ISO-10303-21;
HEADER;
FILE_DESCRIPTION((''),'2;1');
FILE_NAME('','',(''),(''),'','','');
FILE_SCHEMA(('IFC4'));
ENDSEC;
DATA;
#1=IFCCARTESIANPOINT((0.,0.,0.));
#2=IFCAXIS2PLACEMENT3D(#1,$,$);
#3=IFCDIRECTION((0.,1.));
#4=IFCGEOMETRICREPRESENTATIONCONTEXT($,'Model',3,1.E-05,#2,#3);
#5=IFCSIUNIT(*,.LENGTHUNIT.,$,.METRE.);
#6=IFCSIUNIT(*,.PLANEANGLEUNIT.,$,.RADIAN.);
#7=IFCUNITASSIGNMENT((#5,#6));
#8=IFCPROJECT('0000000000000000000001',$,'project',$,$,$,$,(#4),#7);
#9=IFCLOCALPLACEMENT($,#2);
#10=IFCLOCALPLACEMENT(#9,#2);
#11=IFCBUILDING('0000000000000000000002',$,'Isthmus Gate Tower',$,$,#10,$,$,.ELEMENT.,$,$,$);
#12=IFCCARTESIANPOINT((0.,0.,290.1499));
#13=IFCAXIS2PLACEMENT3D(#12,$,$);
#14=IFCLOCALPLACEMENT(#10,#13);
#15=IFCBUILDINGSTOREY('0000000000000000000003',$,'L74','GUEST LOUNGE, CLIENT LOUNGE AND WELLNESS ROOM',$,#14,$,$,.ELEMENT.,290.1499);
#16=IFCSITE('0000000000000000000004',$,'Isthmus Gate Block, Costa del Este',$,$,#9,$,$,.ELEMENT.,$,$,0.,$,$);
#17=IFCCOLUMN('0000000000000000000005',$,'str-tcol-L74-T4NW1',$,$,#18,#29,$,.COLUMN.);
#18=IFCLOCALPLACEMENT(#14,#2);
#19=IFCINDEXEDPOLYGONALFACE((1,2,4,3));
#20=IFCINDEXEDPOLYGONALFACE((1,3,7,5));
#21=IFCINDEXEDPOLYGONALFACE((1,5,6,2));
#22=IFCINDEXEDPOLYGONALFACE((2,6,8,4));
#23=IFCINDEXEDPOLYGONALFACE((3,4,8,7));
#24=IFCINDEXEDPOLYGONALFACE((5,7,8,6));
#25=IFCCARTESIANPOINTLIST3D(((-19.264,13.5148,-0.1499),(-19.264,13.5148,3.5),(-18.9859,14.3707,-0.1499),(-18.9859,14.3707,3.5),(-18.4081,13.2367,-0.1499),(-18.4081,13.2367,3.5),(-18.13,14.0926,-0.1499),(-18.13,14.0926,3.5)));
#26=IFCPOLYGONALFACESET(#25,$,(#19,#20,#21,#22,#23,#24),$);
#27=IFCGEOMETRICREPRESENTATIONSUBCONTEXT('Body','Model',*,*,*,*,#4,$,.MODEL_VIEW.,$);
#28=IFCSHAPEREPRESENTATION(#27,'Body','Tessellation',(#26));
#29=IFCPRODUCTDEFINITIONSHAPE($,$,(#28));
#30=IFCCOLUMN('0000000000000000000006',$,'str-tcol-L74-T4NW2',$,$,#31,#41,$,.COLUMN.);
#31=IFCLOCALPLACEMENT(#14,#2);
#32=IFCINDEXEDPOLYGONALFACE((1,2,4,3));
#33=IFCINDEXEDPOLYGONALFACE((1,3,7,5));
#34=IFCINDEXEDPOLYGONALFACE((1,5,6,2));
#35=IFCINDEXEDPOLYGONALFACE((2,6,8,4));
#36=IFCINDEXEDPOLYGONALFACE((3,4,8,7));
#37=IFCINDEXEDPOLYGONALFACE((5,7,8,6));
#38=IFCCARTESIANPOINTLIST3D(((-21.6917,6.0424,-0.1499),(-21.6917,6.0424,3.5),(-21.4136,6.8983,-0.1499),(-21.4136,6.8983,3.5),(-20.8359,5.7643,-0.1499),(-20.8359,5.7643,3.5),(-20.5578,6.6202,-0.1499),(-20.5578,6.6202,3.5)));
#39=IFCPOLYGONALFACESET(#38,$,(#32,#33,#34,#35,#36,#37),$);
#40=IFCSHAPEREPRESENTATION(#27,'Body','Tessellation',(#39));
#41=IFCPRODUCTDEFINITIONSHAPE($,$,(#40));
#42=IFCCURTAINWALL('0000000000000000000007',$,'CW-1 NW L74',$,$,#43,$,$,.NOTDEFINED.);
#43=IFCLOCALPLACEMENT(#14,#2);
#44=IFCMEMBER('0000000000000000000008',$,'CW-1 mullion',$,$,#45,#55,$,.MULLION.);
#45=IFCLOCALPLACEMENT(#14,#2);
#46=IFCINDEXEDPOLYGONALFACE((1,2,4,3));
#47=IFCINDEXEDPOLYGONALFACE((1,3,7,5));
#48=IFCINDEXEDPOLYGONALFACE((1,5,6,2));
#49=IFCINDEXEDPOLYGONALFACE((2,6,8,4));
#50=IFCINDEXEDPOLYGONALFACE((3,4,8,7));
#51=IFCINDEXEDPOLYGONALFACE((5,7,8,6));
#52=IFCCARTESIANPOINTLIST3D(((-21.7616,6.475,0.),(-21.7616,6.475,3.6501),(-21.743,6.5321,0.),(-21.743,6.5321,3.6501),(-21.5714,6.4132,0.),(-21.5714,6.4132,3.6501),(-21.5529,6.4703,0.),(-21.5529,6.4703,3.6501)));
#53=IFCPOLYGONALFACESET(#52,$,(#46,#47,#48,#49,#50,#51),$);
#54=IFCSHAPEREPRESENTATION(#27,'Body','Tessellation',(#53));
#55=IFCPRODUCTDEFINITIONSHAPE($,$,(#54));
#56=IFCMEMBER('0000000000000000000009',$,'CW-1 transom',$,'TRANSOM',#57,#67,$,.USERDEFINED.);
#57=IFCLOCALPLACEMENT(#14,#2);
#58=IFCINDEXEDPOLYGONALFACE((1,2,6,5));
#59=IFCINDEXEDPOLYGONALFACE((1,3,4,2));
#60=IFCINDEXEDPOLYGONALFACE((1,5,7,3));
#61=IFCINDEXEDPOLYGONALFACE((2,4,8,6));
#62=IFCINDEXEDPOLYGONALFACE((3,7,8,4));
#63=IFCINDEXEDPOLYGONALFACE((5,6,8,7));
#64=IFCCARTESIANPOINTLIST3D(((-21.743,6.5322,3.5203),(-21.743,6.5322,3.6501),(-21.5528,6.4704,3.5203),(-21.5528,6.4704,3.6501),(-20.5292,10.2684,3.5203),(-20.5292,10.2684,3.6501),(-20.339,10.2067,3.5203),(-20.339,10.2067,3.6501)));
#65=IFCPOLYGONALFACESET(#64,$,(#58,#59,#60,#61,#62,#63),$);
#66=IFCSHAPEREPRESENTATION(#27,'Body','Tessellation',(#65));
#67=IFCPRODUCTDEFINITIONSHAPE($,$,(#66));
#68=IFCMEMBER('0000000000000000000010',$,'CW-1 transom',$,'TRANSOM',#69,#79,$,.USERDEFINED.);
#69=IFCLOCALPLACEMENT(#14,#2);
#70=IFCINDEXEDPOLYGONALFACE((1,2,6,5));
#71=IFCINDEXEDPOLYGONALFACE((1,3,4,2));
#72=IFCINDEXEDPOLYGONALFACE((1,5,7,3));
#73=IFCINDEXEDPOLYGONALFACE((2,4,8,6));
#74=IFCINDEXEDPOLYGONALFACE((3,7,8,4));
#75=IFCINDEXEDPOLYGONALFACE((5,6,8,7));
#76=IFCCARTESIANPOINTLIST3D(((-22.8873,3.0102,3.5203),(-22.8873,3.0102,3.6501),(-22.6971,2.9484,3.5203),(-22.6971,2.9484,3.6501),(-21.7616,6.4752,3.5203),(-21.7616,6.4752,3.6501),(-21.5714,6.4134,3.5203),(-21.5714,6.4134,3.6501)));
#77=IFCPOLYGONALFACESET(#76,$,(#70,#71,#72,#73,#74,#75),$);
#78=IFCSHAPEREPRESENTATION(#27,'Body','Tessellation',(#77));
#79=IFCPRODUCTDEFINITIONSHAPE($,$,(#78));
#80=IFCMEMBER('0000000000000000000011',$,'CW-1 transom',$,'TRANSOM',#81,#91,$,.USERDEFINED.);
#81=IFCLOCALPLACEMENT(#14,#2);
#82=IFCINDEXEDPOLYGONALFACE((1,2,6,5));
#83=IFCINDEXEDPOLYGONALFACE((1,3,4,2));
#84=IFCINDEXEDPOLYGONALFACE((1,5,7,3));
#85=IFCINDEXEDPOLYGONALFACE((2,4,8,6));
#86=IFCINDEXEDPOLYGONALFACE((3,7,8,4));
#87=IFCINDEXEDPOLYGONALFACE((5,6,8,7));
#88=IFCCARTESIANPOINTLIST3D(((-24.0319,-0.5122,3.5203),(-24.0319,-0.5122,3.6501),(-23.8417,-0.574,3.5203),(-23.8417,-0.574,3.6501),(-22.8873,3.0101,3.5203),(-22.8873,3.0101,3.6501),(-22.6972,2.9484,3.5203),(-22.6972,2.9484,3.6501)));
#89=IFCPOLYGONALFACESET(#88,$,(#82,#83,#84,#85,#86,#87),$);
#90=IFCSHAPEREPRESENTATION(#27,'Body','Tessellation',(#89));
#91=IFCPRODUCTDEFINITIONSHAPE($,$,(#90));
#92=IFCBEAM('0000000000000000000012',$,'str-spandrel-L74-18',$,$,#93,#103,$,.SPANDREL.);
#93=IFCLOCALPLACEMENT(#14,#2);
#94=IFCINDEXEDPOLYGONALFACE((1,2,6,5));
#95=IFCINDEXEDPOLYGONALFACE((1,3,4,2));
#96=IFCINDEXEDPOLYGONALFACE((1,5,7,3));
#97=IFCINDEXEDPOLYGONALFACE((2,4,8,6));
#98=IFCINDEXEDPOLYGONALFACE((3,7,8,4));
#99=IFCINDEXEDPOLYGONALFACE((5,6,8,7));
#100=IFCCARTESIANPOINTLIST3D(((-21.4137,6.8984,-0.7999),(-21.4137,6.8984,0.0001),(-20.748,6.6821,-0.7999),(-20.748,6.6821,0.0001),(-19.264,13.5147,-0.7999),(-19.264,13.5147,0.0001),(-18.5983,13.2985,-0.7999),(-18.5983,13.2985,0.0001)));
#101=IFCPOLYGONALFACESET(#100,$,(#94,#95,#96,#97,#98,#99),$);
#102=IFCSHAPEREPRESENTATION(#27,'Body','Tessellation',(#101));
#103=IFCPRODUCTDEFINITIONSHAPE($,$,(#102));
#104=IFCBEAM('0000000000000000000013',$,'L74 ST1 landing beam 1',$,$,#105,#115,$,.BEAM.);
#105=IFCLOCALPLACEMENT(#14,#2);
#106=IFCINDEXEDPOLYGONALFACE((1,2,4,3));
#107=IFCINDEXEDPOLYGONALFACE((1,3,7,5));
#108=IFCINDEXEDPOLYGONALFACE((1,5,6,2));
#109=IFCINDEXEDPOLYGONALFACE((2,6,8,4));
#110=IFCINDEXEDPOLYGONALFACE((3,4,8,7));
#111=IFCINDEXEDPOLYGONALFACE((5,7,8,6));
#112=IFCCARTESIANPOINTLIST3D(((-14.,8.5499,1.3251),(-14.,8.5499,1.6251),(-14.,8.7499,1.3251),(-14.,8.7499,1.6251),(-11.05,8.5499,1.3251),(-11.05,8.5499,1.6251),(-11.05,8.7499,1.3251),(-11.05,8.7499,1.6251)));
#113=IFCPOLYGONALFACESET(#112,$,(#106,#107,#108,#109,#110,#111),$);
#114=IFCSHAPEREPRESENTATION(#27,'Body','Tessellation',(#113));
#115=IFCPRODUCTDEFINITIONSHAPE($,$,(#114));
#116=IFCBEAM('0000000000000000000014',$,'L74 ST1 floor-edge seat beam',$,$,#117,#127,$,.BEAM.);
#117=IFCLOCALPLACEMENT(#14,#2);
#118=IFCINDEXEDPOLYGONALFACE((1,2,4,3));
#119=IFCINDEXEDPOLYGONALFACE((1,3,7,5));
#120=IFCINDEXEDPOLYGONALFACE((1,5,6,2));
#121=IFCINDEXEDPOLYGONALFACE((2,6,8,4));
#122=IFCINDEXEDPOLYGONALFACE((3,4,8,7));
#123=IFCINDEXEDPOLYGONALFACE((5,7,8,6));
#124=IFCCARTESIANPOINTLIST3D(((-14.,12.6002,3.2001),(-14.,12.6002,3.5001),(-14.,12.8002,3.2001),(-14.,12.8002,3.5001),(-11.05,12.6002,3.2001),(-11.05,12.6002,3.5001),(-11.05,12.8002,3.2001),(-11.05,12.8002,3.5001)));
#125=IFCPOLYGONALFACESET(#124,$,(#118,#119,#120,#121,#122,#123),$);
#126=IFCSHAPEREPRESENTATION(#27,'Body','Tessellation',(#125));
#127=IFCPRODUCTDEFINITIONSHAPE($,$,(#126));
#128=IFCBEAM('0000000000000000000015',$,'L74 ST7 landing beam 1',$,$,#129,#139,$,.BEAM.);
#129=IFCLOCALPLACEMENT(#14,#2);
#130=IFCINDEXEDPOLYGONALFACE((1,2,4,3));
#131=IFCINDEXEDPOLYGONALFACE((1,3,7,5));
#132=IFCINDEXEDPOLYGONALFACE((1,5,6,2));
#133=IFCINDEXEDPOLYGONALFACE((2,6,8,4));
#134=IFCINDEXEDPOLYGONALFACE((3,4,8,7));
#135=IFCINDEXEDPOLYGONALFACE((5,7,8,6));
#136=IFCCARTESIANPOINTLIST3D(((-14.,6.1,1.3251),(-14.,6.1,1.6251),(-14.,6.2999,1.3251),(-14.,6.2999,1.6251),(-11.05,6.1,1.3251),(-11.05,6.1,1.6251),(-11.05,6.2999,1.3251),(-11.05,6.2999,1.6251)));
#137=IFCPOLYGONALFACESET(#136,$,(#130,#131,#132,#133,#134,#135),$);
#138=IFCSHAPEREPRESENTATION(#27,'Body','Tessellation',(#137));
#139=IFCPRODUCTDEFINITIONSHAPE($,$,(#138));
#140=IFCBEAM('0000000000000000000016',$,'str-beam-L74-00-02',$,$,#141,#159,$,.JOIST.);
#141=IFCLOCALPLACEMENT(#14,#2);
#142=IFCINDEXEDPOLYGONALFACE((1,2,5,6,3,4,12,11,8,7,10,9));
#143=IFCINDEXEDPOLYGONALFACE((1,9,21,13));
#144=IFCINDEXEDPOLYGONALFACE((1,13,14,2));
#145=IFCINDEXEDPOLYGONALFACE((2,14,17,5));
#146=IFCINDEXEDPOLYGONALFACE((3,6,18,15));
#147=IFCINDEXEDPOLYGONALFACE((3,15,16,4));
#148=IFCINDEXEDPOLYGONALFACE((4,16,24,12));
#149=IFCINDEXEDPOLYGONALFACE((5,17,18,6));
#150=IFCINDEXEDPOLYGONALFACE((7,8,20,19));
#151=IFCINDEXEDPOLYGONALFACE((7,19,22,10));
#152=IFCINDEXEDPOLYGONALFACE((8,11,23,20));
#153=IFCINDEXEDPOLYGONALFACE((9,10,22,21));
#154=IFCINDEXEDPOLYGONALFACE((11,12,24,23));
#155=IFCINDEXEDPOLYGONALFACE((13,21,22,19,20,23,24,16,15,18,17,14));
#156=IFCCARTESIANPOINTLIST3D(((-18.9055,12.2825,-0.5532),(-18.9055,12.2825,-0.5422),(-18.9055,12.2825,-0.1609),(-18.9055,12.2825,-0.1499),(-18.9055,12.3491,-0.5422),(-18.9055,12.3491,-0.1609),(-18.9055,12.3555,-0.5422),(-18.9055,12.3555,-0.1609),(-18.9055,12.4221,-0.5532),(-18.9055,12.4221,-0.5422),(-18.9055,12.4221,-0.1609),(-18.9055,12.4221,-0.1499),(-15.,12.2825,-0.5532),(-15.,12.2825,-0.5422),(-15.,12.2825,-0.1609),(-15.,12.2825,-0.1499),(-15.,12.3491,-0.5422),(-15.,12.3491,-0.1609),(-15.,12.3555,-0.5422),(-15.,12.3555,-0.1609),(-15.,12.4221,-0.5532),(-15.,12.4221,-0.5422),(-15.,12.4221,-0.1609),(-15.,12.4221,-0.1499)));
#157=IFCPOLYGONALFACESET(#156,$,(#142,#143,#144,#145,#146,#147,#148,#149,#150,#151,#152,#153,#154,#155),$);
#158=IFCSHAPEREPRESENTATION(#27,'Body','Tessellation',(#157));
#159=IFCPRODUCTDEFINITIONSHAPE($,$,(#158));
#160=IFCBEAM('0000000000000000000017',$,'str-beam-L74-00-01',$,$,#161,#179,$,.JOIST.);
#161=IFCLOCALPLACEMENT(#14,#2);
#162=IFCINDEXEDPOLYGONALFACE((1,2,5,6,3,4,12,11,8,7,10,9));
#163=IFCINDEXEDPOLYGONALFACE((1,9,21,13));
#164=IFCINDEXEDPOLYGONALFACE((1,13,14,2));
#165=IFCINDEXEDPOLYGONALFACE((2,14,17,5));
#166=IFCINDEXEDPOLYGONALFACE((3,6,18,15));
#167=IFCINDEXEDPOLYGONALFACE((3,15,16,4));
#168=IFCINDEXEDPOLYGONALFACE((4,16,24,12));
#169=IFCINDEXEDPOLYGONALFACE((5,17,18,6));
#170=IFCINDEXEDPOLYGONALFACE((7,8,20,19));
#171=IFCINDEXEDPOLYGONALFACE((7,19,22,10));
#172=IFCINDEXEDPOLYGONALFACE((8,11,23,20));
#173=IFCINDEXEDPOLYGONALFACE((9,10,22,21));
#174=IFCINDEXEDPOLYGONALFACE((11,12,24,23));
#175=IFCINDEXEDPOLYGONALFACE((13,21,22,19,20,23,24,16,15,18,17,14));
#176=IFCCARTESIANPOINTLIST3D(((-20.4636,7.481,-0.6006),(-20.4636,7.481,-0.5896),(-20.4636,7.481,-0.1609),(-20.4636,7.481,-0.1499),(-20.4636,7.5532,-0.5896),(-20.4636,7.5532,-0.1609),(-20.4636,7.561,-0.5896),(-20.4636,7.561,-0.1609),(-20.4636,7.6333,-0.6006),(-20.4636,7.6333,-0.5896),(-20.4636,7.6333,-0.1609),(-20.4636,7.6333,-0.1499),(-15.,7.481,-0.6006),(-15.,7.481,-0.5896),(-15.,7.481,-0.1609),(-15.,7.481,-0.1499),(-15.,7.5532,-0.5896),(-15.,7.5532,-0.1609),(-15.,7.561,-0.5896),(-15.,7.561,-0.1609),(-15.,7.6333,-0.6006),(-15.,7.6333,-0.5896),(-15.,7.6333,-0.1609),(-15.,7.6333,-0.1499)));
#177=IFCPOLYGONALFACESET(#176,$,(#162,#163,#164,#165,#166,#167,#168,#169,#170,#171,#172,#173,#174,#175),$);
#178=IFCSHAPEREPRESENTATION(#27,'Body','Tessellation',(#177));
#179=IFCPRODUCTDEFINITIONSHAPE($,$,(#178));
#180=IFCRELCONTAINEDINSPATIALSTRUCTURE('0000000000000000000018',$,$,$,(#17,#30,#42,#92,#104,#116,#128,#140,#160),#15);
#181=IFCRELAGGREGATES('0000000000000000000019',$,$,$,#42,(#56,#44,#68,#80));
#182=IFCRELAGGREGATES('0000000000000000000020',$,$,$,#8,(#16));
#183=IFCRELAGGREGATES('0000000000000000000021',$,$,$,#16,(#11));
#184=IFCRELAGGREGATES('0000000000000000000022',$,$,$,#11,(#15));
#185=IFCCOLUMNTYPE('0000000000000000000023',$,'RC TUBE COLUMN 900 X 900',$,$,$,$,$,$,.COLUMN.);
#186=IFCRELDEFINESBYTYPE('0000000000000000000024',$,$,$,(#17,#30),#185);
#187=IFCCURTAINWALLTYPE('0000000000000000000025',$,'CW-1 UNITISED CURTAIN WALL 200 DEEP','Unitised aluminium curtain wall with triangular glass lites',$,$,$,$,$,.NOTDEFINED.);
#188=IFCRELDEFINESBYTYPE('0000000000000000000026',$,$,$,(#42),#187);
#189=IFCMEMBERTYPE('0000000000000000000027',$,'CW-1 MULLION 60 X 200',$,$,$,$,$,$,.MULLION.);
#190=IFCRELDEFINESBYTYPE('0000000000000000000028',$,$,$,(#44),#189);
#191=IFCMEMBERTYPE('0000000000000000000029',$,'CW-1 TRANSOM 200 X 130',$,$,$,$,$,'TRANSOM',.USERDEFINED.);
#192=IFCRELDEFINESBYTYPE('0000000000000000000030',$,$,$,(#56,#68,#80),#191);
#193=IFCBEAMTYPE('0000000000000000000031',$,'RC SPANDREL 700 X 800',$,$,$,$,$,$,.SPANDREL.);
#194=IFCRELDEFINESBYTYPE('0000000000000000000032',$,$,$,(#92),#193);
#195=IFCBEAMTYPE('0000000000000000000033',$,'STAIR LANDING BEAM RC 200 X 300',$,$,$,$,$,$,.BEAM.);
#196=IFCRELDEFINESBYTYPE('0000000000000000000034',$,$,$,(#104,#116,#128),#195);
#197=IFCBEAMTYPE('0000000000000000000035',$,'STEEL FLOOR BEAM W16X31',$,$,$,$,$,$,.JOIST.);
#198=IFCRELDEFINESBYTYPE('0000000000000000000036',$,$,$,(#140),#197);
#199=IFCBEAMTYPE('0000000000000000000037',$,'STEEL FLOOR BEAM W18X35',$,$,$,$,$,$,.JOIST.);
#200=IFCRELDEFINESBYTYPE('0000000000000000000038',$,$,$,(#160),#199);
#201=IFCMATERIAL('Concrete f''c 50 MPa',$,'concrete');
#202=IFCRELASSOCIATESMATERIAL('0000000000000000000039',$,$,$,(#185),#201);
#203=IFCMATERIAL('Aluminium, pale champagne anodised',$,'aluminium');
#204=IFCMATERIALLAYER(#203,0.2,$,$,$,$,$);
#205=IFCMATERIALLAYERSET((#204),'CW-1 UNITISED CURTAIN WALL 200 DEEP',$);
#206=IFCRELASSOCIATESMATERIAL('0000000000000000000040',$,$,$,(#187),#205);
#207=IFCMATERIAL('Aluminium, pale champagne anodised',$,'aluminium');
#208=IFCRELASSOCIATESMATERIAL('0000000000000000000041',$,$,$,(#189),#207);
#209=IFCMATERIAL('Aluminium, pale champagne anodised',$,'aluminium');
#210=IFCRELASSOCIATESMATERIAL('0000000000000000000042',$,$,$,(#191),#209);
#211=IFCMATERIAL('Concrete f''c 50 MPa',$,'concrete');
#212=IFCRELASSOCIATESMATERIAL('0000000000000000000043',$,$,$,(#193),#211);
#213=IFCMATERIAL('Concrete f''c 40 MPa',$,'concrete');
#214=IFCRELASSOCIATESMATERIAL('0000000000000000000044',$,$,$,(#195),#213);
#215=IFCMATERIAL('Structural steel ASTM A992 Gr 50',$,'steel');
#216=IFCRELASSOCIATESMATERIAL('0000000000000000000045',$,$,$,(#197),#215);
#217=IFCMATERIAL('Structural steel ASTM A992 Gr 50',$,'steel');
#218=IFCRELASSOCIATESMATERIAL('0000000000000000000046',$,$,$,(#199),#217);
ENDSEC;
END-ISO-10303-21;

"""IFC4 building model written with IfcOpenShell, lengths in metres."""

from ifc_helpers import new_model, si_unit, direction, frame, origin, origin_2d, place, context, subcontext, project, spatial, rectangle, i_section, extrude, material, layer, layer_set, material_profile, profile_set, type_object, element, aggregate, save


model = new_model("IFC4")

# Units and contexts
model_context = context("Model", 3, precision=1e-05, world=origin(), true_north=direction((0.0, 1.0)))
body_context = subcontext(model_context, "Body", "Model", "MODEL_VIEW")
ifc_project = project(units=[si_unit("LENGTHUNIT", "METRE"), si_unit("PLANEANGLEUNIT", "RADIAN")], contexts=[model_context])

# Site, building, storey
site_placement = place(None, origin())
site = spatial("IfcSite", under=ifc_project, at=site_placement, Name="Isthmus Gate Block, Costa del Este", CompositionType="ELEMENT", RefElevation=0.0)
building_placement = place(site_placement, origin())
building = spatial("IfcBuilding", under=site, at=building_placement, Name="Isthmus Gate Tower", CompositionType="ELEMENT")
storey_placement = place(building_placement, frame((0.0, 0.0, 290.1499)))
storey = spatial("IfcBuildingStorey", under=building, at=storey_placement, Name="L74", Description="GUEST LOUNGE, CLIENT LOUNGE AND WELLNESS ROOM", CompositionType="ELEMENT", Elevation=290.1499)

# Columns
ifc_material_1 = material(Name="Concrete f'c 50 MPa", Category="concrete")
ifc_material_profile_1 = material_profile(ifc_material_1, rectangle(XDim=0.8999, YDim=0.8999, at=origin_2d()), Name="RC 900X900")
ifc_profile_set_1 = profile_set([ifc_material_profile_1], Name="Concrete f'c 50 MPa")
column_type = type_object("IfcColumnType", Name="RC TUBE COLUMN 900 X 900", PredefinedType="COLUMN", material=ifc_profile_set_1)
for number, where, z_axis, x_axis, name in (
    (1, (-18.697, 13.8037, -0.1499), (0.0, 0.0, 1.0), (-0.309017, -0.951057, 0.0), "str-tcol-L74-T4NW1"),
    (2, (-21.1248, 6.3313, -0.1499), (0.0, 0.0, 1.0), (-0.309017, -0.951057, 0.0), "str-tcol-L74-T4NW2"),
):
    element("IfcColumn", number, at=place(storey_placement, frame(where, z_axis=z_axis, x_axis=x_axis)), inside=storey, type_object=column_type, Name=name, PredefinedType="COLUMN", context=body_context, shape_type="SweptSolid", body=[
        extrude(rectangle(XDim=0.8999, YDim=0.8999, at=origin_2d()), origin(), (0.0, 0.0, 1.0), 3.6499),
    ])

# Curtain wall, members
ifc_material_2 = material(Name="Aluminium, pale champagne anodised", Category="aluminium")
ifc_layer_1 = layer(ifc_material_2, 0.2)
ifc_layer_set_1 = layer_set([ifc_layer_1], Name="CW-1 UNITISED CURTAIN WALL 200 DEEP")
curtain_wall_type = type_object("IfcCurtainWallType", Name="CW-1 UNITISED CURTAIN WALL 200 DEEP", Description="Unitised aluminium curtain wall with triangular glass lites", PredefinedType="NOTDEFINED", material=ifc_layer_set_1)
curtain_wall_placement = place(storey_placement, origin())
curtain_wall = element("IfcCurtainWall", 3, at=curtain_wall_placement, inside=storey, type_object=curtain_wall_type, Name="CW-1 NW L74", PredefinedType="NOTDEFINED")
ifc_material_3 = material(Name="Aluminium, pale champagne anodised", Category="aluminium")
ifc_material_profile_2 = material_profile(ifc_material_3, rectangle(XDim=0.0601, YDim=0.2, at=origin_2d()), Name="60x200")
ifc_profile_set_2 = profile_set([ifc_material_profile_2], Name="Aluminium, pale champagne anodised")
member_type_1 = type_object("IfcMemberType", Name="CW-1 MULLION 60 X 200", PredefinedType="MULLION", material=ifc_profile_set_2)
member_1_placement = place(storey_placement, frame((-21.6572, 6.4727, 0.0), z_axis=(0.0, 0.0, 1.0), x_axis=(-0.309017, -0.951057, 0.0)))
member_1 = element("IfcMember", 4, at=member_1_placement, type_object=member_type_1, Name="CW-1 mullion", PredefinedType="MULLION", context=body_context, shape_type="SweptSolid", body=[
    extrude(rectangle(XDim=0.0601, YDim=0.2, at=origin_2d()), origin(), (0.0, 0.0, 1.0), 3.6501),
])
ifc_material_4 = material(Name="Aluminium, pale champagne anodised", Category="aluminium")
ifc_material_profile_3 = material_profile(ifc_material_4, rectangle(XDim=0.2, YDim=0.1299, at=origin_2d()), Name="200x130")
ifc_profile_set_3 = profile_set([ifc_material_profile_3], Name="Aluminium, pale champagne anodised")
member_type_2 = type_object("IfcMemberType", Name="CW-1 TRANSOM 200 X 130", ElementType="TRANSOM", PredefinedType="USERDEFINED", material=ifc_profile_set_3)
member_2_placement = place(storey_placement, frame((-20.4341, 10.2375, 3.5852), z_axis=(-0.308985, -0.951067, 0.0), x_axis=(0.951067, -0.308985, 0.0)))
member_2 = element("IfcMember", 5, at=member_2_placement, type_object=member_type_2, Name="CW-1 transom", ObjectType="TRANSOM", PredefinedType="USERDEFINED", context=body_context, shape_type="SweptSolid", body=[
    extrude(rectangle(XDim=0.2, YDim=0.1299, at=origin_2d()), origin(), (0.0, 0.0, 1.0), 3.9285),
])
member_3_placement = place(storey_placement, frame((-21.6665, 6.4443, 3.5852), z_axis=(-0.308982, -0.951068, 0.0), x_axis=(0.951068, -0.308982, 0.0)))
member_3 = element("IfcMember", 6, at=member_3_placement, type_object=member_type_2, Name="CW-1 transom", ObjectType="TRANSOM", PredefinedType="USERDEFINED", context=body_context, shape_type="SweptSolid", body=[
    extrude(rectangle(XDim=0.2, YDim=0.1299, at=origin_2d()), origin(), (0.0, 0.0, 1.0), 3.6433),
])
member_4_placement = place(storey_placement, frame((-22.7922, 2.9792, 3.5852), z_axis=(-0.30904, -0.951049, 0.0), x_axis=(0.951049, -0.30904, 0.0)))
member_4 = element("IfcMember", 7, at=member_4_placement, type_object=member_type_2, Name="CW-1 transom", ObjectType="TRANSOM", PredefinedType="USERDEFINED", context=body_context, shape_type="SweptSolid", body=[
    extrude(rectangle(XDim=0.2, YDim=0.1299, at=origin_2d()), origin(), (0.0, 0.0, 1.0), 3.7036),
])

# Beams
ifc_material_5 = material(Name="Concrete f'c 50 MPa", Category="concrete")
ifc_material_profile_4 = material_profile(ifc_material_5, rectangle(XDim=0.7, YDim=0.8, at=origin_2d()), Name="RC 700X800")
ifc_profile_set_4 = profile_set([ifc_material_profile_4], Name="Concrete f'c 50 MPa")
beam_type_1 = type_object("IfcBeamType", Name="RC SPANDREL 700 X 800", PredefinedType="SPANDREL", material=ifc_profile_set_4)
beam_1_placement = place(storey_placement, frame((-21.0808, 6.7903, -0.3999), z_axis=(0.309007, 0.95106, 0.0), x_axis=(-0.95106, 0.309007, 0.0)))
element("IfcBeam", 8, at=beam_1_placement, inside=storey, type_object=beam_type_1, Name="str-spandrel-L74-18", PredefinedType="SPANDREL", context=body_context, shape_type="SweptSolid", body=[
    extrude(rectangle(XDim=0.7, YDim=0.8, at=origin_2d()), origin(), (0.0, 0.0, 1.0), 6.9568),
])
ifc_material_6 = material(Name="Concrete f'c 40 MPa", Category="concrete")
ifc_material_profile_5 = material_profile(ifc_material_6, rectangle(XDim=0.2, YDim=0.3, at=origin_2d()), Name="STAIR LANDING BEAM RC 200 X 300")
ifc_profile_set_5 = profile_set([ifc_material_profile_5], Name="Concrete f'c 40 MPa")
beam_type_2 = type_object("IfcBeamType", Name="STAIR LANDING BEAM RC 200 X 300", PredefinedType="BEAM", material=ifc_profile_set_5)
for number, where, z_axis, x_axis, name in (
    (9, (-14.0, 8.6499, 1.4751), (1.0, 0.0, 0.0), (0.0, 1.0, 0.0), "L74 ST1 landing beam 1"),
    (10, (-14.0, 12.7002, 3.3501), (1.0, 0.0, 0.0), (0.0, 1.0, 0.0), "L74 ST1 floor-edge seat beam"),
    (11, (-14.0, 6.2, 1.4751), (1.0, 0.0, 0.0), (0.0, 1.0, 0.0), "L74 ST7 landing beam 1"),
):
    element("IfcBeam", number, at=place(storey_placement, frame(where, z_axis=z_axis, x_axis=x_axis)), inside=storey, type_object=beam_type_2, Name=name, PredefinedType="BEAM", context=body_context, shape_type="SweptSolid", body=[
        extrude(rectangle(XDim=0.2, YDim=0.3, at=origin_2d()), origin(), (0.0, 0.0, 1.0), 2.95),
    ])
ifc_material_7 = material(Name="Structural steel ASTM A992 Gr 50", Category="steel")
ifc_material_profile_6 = material_profile(ifc_material_7, i_section(OverallWidth=0.1396, OverallDepth=0.4033, WebThickness=0.0063, FlangeThickness=0.011, at=origin_2d()), Name="W16X31")
ifc_profile_set_6 = profile_set([ifc_material_profile_6], Name="Structural steel ASTM A992 Gr 50")
beam_type_3 = type_object("IfcBeamType", Name="STEEL FLOOR BEAM W16X31", PredefinedType="JOIST", material=ifc_profile_set_6)
beam_2_placement = place(storey_placement, frame((-18.9055, 12.3523, -0.3516), z_axis=(1.0, 0.0, 0.0), x_axis=(0.0, 1.0, 0.0)))
element("IfcBeam", 12, at=beam_2_placement, inside=storey, type_object=beam_type_3, Name="str-beam-L74-00-02", PredefinedType="JOIST", context=body_context, shape_type="SweptSolid", body=[
    extrude(i_section(OverallWidth=0.1396, OverallDepth=0.4033, WebThickness=0.0063, FlangeThickness=0.011, at=origin_2d()), origin(), (0.0, 0.0, 1.0), 3.9055),
])
ifc_material_8 = material(Name="Structural steel ASTM A992 Gr 50", Category="steel")
ifc_material_profile_7 = material_profile(ifc_material_8, i_section(OverallWidth=0.1523, OverallDepth=0.4507, WebThickness=0.0078, FlangeThickness=0.011, at=origin_2d()), Name="W18X35")
ifc_profile_set_7 = profile_set([ifc_material_profile_7], Name="Structural steel ASTM A992 Gr 50")
beam_type_4 = type_object("IfcBeamType", Name="STEEL FLOOR BEAM W18X35", PredefinedType="JOIST", material=ifc_profile_set_7)
beam_3_placement = place(storey_placement, frame((-20.4636, 7.5571, -0.3752), z_axis=(1.0, 0.0, 0.0), x_axis=(0.0, 1.0, 0.0)))
element("IfcBeam", 13, at=beam_3_placement, inside=storey, type_object=beam_type_4, Name="str-beam-L74-00-01", PredefinedType="JOIST", context=body_context, shape_type="SweptSolid", body=[
    extrude(i_section(OverallWidth=0.1523, OverallDepth=0.4507, WebThickness=0.0078, FlangeThickness=0.011, at=origin_2d()), origin(), (0.0, 0.0, 1.0), 5.4636),
])

aggregate(curtain_wall, [member_2, member_1, member_3, member_4])

save(model, "model.ifc")
